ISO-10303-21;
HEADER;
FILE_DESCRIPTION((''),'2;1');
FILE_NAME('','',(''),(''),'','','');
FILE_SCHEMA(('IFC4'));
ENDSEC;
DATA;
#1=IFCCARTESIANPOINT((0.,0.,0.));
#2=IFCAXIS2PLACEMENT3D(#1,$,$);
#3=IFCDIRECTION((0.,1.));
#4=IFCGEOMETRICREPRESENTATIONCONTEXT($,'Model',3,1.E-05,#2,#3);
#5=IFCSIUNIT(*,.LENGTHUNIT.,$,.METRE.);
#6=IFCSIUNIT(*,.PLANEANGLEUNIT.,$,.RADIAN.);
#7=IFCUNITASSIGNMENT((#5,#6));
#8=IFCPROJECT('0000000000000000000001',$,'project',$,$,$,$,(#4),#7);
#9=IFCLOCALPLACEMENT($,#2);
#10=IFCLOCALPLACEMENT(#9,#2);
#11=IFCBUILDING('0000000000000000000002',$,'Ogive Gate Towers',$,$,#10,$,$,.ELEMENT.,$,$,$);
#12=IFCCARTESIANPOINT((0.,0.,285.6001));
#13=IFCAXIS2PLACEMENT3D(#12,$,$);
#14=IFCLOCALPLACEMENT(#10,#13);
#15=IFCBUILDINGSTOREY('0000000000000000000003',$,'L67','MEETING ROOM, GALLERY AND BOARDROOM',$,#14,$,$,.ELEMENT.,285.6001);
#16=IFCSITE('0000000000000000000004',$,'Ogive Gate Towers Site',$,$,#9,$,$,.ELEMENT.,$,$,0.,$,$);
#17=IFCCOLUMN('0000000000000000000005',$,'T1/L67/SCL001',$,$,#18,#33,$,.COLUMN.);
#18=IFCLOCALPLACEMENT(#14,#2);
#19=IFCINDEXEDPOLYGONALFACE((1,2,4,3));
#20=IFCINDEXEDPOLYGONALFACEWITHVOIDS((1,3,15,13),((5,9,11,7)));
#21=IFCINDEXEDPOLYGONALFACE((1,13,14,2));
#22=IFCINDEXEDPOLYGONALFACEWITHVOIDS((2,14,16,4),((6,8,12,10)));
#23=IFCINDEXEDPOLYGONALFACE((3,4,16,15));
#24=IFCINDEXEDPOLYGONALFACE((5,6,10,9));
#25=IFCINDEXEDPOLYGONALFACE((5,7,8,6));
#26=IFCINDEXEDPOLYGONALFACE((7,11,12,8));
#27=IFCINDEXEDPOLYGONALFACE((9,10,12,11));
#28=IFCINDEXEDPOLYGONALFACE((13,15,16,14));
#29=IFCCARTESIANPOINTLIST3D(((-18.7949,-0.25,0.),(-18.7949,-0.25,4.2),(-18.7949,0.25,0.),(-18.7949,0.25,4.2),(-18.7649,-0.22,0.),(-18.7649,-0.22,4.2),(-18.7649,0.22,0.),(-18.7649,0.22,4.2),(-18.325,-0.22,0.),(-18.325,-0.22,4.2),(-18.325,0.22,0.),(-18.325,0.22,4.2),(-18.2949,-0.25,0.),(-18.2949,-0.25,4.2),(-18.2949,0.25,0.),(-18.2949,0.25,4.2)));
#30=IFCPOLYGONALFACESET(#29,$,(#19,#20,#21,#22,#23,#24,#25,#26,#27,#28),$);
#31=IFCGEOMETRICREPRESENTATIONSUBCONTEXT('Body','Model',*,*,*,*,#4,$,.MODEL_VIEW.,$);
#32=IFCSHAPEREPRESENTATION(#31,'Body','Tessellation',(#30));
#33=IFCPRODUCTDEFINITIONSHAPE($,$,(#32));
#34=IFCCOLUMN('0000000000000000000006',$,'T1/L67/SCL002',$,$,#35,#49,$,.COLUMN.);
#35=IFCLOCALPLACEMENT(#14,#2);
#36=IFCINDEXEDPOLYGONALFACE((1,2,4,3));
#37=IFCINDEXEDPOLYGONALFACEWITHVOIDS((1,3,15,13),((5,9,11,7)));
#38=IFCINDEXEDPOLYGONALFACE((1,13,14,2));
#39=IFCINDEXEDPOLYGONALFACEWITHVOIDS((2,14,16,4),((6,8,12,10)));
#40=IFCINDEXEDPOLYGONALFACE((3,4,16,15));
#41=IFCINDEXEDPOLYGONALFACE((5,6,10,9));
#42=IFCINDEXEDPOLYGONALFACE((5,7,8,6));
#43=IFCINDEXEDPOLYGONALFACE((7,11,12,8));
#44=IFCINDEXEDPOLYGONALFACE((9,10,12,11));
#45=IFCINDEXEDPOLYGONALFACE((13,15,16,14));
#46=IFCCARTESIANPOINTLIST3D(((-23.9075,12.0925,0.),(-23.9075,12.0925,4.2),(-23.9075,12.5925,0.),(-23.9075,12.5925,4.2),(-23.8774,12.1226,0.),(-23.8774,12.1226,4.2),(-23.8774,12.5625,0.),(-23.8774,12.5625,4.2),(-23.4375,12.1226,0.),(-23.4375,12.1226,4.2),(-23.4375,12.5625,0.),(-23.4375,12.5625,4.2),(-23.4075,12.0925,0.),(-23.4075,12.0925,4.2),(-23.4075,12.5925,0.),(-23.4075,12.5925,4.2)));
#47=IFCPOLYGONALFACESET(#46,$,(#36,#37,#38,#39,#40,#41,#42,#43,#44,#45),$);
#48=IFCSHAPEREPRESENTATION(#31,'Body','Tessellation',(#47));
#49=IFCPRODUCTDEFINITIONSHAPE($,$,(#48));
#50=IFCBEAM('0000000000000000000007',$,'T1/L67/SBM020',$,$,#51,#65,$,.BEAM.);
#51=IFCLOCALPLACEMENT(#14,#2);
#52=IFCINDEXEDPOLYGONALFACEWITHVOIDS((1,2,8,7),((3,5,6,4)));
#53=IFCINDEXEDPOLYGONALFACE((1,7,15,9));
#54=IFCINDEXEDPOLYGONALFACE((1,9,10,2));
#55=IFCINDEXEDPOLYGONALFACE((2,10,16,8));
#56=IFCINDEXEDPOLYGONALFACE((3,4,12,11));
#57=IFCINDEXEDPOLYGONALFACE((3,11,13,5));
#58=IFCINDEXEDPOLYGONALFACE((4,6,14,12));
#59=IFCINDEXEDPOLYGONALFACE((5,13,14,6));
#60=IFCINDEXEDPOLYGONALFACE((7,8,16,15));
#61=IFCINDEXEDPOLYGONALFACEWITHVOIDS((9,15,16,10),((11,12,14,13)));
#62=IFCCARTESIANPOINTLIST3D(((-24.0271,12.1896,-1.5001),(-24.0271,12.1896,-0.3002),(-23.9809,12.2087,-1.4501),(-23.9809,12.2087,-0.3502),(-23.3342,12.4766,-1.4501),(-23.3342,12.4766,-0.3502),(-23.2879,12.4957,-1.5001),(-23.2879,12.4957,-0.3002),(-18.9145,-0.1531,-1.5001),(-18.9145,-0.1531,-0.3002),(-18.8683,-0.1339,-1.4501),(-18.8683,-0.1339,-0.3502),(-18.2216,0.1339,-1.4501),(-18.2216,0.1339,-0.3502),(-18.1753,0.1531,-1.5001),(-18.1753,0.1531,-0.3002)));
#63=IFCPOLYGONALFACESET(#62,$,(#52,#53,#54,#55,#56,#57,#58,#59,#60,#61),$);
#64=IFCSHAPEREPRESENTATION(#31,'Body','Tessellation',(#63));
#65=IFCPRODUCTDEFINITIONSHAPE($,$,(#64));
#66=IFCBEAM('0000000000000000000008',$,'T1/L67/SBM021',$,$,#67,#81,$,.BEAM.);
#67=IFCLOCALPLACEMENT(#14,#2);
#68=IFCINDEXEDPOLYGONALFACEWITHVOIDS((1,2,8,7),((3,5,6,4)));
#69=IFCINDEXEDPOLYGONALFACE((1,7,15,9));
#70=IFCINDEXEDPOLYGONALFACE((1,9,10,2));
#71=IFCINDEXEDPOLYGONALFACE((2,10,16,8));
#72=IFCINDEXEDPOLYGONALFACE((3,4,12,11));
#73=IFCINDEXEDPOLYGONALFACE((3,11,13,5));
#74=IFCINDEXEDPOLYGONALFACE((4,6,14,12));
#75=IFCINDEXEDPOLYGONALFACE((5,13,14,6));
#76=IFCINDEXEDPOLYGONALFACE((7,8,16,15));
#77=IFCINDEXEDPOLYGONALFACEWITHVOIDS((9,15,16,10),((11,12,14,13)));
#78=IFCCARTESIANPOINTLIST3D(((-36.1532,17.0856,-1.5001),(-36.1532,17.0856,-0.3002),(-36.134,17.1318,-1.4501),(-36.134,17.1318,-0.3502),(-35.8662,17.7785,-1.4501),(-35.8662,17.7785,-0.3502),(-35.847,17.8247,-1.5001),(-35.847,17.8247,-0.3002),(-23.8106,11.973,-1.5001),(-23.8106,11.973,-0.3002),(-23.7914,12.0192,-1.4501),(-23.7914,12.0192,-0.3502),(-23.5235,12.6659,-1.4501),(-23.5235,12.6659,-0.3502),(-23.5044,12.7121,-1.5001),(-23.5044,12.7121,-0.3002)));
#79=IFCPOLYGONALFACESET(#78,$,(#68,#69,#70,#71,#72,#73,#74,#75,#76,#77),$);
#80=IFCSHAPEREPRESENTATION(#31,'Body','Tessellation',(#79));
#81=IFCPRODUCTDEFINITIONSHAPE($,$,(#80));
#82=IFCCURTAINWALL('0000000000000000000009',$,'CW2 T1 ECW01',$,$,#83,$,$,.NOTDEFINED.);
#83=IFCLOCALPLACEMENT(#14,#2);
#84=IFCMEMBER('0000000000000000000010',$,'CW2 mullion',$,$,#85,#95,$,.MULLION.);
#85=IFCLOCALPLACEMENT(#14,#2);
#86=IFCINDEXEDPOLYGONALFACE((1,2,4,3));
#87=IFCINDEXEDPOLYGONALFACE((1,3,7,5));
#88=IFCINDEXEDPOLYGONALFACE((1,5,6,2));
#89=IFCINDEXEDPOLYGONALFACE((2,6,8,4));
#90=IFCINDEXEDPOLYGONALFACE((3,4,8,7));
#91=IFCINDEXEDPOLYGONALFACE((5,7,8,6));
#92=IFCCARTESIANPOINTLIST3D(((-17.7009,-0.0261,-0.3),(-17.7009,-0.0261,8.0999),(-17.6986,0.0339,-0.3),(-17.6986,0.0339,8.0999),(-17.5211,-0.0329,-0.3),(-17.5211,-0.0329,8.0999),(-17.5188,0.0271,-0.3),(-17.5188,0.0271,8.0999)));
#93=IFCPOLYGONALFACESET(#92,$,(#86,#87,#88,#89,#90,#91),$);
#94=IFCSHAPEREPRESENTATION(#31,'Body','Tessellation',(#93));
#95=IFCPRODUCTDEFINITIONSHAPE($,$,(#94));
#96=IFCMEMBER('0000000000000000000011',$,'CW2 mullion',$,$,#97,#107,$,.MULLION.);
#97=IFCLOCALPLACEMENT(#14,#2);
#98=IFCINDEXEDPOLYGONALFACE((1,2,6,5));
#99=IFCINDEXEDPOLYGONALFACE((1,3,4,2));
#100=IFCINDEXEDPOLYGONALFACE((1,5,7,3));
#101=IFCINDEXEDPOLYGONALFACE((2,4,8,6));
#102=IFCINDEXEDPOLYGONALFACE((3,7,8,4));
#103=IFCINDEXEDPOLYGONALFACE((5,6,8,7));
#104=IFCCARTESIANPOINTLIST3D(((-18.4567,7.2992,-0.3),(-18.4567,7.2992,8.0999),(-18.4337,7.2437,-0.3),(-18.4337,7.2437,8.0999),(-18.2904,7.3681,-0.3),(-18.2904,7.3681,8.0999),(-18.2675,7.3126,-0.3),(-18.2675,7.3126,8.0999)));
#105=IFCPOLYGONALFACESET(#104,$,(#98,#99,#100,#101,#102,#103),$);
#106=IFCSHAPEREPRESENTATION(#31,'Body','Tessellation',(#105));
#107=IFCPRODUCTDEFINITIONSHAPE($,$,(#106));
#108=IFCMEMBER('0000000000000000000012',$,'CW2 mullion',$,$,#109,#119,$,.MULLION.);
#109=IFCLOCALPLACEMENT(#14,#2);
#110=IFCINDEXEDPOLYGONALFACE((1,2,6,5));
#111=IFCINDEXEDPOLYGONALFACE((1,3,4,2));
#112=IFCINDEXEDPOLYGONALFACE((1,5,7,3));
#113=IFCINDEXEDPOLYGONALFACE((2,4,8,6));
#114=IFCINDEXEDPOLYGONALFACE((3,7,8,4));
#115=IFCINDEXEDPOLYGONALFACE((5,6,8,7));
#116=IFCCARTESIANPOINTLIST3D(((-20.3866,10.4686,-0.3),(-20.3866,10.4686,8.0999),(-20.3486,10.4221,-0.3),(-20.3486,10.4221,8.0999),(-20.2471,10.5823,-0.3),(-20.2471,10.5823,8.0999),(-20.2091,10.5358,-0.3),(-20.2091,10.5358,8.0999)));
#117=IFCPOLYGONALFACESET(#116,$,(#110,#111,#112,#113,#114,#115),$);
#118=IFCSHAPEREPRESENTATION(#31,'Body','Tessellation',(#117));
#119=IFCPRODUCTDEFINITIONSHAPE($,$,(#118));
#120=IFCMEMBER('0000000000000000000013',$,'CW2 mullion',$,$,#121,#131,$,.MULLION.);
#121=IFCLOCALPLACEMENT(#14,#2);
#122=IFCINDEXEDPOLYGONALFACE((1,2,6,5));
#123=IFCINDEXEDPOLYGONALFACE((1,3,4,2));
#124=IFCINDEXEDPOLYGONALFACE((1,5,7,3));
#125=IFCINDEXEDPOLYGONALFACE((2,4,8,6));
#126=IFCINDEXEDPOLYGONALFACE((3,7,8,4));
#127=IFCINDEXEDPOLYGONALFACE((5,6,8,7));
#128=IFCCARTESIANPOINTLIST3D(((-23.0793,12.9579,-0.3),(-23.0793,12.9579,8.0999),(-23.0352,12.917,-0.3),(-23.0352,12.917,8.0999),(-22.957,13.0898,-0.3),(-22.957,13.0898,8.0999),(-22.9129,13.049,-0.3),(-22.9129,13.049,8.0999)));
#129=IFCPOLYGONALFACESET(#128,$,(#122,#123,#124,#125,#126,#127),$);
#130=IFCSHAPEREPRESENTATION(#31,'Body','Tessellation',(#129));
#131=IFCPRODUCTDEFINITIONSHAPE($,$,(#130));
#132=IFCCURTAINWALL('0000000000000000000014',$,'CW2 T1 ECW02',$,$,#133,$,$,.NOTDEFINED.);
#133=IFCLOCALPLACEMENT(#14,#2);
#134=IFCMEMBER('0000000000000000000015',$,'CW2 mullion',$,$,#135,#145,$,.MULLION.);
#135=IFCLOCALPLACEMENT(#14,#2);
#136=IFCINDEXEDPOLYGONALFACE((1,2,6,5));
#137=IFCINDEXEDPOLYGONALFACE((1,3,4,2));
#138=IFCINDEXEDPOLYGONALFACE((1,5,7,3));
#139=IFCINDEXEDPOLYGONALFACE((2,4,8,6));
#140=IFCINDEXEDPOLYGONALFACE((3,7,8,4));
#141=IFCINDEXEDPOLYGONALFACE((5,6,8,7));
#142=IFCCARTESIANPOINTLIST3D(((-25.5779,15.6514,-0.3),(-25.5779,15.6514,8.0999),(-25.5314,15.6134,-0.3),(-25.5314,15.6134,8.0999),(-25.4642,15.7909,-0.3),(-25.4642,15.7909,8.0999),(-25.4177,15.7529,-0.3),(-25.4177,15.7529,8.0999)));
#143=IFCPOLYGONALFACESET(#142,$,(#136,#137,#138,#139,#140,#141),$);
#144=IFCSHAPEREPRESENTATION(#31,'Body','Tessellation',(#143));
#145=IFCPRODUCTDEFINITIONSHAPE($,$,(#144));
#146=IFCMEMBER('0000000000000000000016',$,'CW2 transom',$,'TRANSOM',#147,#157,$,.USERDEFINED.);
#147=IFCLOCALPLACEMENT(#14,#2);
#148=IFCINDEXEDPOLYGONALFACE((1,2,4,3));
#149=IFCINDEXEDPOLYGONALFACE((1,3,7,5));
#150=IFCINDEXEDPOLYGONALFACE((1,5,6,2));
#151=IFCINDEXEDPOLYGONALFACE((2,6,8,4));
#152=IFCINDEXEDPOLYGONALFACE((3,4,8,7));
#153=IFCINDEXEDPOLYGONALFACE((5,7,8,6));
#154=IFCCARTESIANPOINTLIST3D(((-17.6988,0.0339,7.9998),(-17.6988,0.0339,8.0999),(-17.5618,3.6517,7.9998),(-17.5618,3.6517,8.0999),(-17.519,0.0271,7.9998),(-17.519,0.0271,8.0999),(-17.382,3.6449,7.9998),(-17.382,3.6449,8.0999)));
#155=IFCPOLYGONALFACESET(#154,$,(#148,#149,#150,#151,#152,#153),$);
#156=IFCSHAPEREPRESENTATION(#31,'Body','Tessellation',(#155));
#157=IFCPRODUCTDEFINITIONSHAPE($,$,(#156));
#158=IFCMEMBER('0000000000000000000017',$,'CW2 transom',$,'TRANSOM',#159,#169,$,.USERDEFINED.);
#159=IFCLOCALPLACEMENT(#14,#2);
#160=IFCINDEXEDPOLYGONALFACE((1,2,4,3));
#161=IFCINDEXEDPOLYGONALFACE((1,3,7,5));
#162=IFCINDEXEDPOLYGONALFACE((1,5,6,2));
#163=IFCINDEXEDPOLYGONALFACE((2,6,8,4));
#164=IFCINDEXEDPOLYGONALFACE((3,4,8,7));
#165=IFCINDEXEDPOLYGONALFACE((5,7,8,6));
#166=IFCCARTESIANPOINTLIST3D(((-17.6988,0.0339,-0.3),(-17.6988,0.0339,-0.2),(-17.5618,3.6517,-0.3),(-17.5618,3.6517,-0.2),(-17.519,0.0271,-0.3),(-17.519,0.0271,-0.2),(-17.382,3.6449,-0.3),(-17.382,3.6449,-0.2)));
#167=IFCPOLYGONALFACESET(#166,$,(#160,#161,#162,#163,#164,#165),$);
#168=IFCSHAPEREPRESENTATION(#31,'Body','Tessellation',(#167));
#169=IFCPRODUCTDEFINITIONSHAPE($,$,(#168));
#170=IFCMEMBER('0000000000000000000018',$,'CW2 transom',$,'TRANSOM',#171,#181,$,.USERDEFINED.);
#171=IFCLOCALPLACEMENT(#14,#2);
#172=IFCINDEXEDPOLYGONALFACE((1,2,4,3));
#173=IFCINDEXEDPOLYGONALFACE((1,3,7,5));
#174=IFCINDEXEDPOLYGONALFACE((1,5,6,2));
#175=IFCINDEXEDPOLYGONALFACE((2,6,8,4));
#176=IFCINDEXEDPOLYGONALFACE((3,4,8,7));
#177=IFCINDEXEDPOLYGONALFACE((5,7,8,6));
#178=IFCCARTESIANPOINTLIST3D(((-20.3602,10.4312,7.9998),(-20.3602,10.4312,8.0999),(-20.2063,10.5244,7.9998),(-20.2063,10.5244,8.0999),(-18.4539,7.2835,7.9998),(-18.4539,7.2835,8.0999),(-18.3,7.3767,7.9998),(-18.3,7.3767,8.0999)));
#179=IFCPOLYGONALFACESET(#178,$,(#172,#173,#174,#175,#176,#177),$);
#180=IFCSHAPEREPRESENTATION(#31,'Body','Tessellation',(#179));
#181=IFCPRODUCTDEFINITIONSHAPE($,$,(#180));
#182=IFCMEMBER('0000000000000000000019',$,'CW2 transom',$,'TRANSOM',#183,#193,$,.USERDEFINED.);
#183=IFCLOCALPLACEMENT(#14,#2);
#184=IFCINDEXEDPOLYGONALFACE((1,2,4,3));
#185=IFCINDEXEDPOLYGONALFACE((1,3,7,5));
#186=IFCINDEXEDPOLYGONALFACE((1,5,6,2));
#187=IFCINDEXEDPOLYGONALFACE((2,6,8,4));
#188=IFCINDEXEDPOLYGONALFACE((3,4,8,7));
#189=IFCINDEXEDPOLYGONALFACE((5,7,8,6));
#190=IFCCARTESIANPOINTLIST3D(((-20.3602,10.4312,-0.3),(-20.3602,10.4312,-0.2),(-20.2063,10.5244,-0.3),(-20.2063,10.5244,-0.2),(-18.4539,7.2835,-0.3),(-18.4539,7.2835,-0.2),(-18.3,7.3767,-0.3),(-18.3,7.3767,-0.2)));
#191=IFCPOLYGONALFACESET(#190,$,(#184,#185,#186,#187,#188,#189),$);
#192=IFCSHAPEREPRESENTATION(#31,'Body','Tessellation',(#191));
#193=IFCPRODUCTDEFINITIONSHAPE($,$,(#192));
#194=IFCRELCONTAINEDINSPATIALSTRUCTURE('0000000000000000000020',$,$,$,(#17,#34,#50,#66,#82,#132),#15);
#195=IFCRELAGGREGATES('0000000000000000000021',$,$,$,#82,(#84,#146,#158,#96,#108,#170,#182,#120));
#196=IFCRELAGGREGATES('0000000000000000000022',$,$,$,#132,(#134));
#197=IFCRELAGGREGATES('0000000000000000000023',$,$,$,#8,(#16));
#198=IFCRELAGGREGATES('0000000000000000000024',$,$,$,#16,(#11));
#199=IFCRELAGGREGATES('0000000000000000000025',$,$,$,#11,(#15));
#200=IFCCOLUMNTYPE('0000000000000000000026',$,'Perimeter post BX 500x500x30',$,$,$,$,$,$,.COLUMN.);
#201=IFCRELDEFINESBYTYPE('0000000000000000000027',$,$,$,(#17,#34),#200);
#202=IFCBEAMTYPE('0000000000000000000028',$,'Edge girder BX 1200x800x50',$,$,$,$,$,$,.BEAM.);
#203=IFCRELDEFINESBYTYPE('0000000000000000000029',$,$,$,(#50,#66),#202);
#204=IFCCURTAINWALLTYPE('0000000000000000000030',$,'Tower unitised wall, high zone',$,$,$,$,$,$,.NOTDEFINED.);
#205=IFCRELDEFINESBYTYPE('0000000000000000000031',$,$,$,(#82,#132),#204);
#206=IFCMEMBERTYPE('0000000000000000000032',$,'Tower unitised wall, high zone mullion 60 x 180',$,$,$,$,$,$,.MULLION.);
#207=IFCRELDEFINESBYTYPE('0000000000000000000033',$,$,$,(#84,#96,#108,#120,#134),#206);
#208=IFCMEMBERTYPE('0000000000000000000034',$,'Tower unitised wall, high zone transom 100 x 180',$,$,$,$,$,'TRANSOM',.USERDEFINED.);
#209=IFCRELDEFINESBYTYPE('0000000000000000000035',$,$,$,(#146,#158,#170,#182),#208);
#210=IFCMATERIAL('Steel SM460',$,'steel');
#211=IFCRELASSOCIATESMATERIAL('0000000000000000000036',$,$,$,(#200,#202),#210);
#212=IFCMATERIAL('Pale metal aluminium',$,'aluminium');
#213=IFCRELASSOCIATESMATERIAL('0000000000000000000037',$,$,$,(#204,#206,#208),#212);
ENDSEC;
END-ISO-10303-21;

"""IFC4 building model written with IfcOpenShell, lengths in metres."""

from ifc_helpers import new_model, si_unit, direction, frame, origin, origin_2d, place, context, subcontext, project, spatial, rectangle, hollow_rectangle, extrude, material, material_profile, profile_set, type_object, element, aggregate, save


model = new_model("IFC4")

# Units and contexts
model_context = context("Model", 3, precision=1e-05, world=origin(), true_north=direction((0.0, 1.0)))
body_context = subcontext(model_context, "Body", "Model", "MODEL_VIEW")
ifc_project = project(units=[si_unit("LENGTHUNIT", "METRE"), si_unit("PLANEANGLEUNIT", "RADIAN")], contexts=[model_context])

# Site, building, storey
site_placement = place(None, origin())
site = spatial("IfcSite", under=ifc_project, at=site_placement, Name="Ogive Gate Towers Site", CompositionType="ELEMENT", RefElevation=0.0)
building_placement = place(site_placement, origin())
building = spatial("IfcBuilding", under=site, at=building_placement, Name="Ogive Gate Towers", CompositionType="ELEMENT")
storey_placement = place(building_placement, frame((0.0, 0.0, 285.6001)))
storey = spatial("IfcBuildingStorey", under=building, at=storey_placement, Name="L67", Description="MEETING ROOM, GALLERY AND BOARDROOM", CompositionType="ELEMENT", Elevation=285.6001)

# Columns
ifc_material_1 = material(Name="Steel SM460", Category="steel")
ifc_material_profile_1 = material_profile(ifc_material_1, hollow_rectangle(XDim=0.5, YDim=0.5, WallThickness=0.03, at=origin_2d()), Name="BX 500x500x30")
ifc_profile_set_1 = profile_set([ifc_material_profile_1], Name="Steel SM460")
column_type = type_object("IfcColumnType", Name="Perimeter post BX 500x500x30", PredefinedType="COLUMN", material=ifc_profile_set_1)
for number, where, z_axis, x_axis, name in (
    (1, (-18.5449, 0.0, 0.0), (0.0, 0.0, 1.0), (1.0, 0.0, 0.0), "T1/L67/SCL001"),
    (2, (-23.6575, 12.3425, 0.0), (0.0, 0.0, 1.0), (1.0, 0.0, 0.0), "T1/L67/SCL002"),
):
    element("IfcColumn", number, at=place(storey_placement, frame(where, z_axis=z_axis, x_axis=x_axis)), inside=storey, type_object=column_type, Name=name, PredefinedType="COLUMN", context=body_context, shape_type="SweptSolid", body=[
        extrude(hollow_rectangle(XDim=0.5, YDim=0.5, WallThickness=0.03, at=origin_2d()), origin(), (0.0, 0.0, 1.0), 4.2),
    ])

# Beams
ifc_material_profile_2 = material_profile(ifc_material_1, hollow_rectangle(XDim=0.8, YDim=1.2, WallThickness=0.05, at=origin_2d()), Name="BX 1200x800x50")
ifc_profile_set_2 = profile_set([ifc_material_profile_2], Name="Steel SM460")
beam_type = type_object("IfcBeamType", Name="Edge girder BX 1200x800x50", PredefinedType="BEAM", material=ifc_profile_set_2)
for number, where, z_axis, x_axis, name in (
    (3, (-18.5449, 0.0, -0.9001), (-0.38269, 0.923877, 0.0), (-0.923877, -0.38269, 0.0), "T1/L67/SBM020"),
    (4, (-23.6575, 12.3425, -0.9001), (-0.923877, 0.38269, 0.0), (-0.38269, -0.923877, 0.0), "T1/L67/SBM021"),
):
    element("IfcBeam", number, at=place(storey_placement, frame(where, z_axis=z_axis, x_axis=x_axis)), inside=storey, type_object=beam_type, Name=name, PredefinedType="BEAM", context=body_context, shape_type="SweptSolid", body=[
        extrude(hollow_rectangle(XDim=0.8, YDim=1.2, WallThickness=0.05, at=origin_2d()), origin(), (0.0, 0.0, 1.0), 13.3596),
    ])

# Curtain wall, members
ifc_material_2 = material(Name="Pale metal aluminium", Category="aluminium")
curtain_wall_type = type_object("IfcCurtainWallType", Name="Tower unitised wall, high zone", PredefinedType="NOTDEFINED", material=ifc_material_2)
curtain_wall_1_placement = place(storey_placement, origin())
curtain_wall_1 = element("IfcCurtainWall", 5, at=curtain_wall_1_placement, inside=storey, type_object=curtain_wall_type, Name="CW2 T1 ECW01", PredefinedType="NOTDEFINED")
ifc_material_profile_3 = material_profile(ifc_material_2, rectangle(XDim=0.1799, YDim=0.0601, at=origin_2d()), Name="60 x 180 aluminium box")
ifc_profile_set_3 = profile_set([ifc_material_profile_3], Name="Pale metal aluminium")
member_type_1 = type_object("IfcMemberType", Name="Tower unitised wall, high zone mullion 60 x 180", PredefinedType="MULLION", material=ifc_profile_set_3)
member_1_placement = place(storey_placement, frame((-17.6099, 0.0005, -0.3), z_axis=(0.0, 0.0, 1.0), x_axis=(0.999286, -0.037795, 0.0)))
member_1 = element("IfcMember", 6, at=member_1_placement, type_object=member_type_1, Name="CW2 mullion", PredefinedType="MULLION", context=body_context, shape_type="SweptSolid", body=[
    extrude(rectangle(XDim=0.1799, YDim=0.0601, at=origin_2d()), origin(), (0.0, 0.0, 1.0), 8.3999),
])
member_2_placement = place(storey_placement, frame((-18.3621, 7.3059, -0.3), z_axis=(0.0, 0.0, 1.0), x_axis=(0.92388, 0.382683, 0.0)))
member_2 = element("IfcMember", 7, at=member_2_placement, type_object=member_type_1, Name="CW2 mullion", PredefinedType="MULLION", context=body_context, shape_type="SweptSolid", body=[
    extrude(rectangle(XDim=0.1799, YDim=0.0601, at=origin_2d()), origin(), (0.0, 0.0, 1.0), 8.3999),
])
member_3_placement = place(storey_placement, frame((-20.2979, 10.5022, -0.3), z_axis=(0.0, 0.0, 1.0), x_axis=(0.775121, 0.631813, 0.0)))
member_3 = element("IfcMember", 8, at=member_3_placement, type_object=member_type_1, Name="CW2 mullion", PredefinedType="MULLION", context=body_context, shape_type="SweptSolid", body=[
    extrude(rectangle(XDim=0.1799, YDim=0.0601, at=origin_2d()), origin(), (0.0, 0.0, 1.0), 8.3999),
])
member_4_placement = place(storey_placement, frame((-22.9961, 13.0034, -0.3), z_axis=(0.0, 0.0, 1.0), x_axis=(0.679864, 0.733338, 0.0)))
member_4 = element("IfcMember", 9, at=member_4_placement, type_object=member_type_1, Name="CW2 mullion", PredefinedType="MULLION", context=body_context, shape_type="SweptSolid", body=[
    extrude(rectangle(XDim=0.1799, YDim=0.0601, at=origin_2d()), origin(), (0.0, 0.0, 1.0), 8.3999),
])

# Curtain wall, member
curtain_wall_2_placement = place(storey_placement, origin())
curtain_wall_2 = element("IfcCurtainWall", 10, at=curtain_wall_2_placement, inside=storey, type_object=curtain_wall_type, Name="CW2 T1 ECW02", PredefinedType="NOTDEFINED")
member_5_placement = place(storey_placement, frame((-25.4978, 15.7021, -0.3), z_axis=(0.0, 0.0, 1.0), x_axis=(0.631813, 0.775121, 0.0)))
member_5 = element("IfcMember", 11, at=member_5_placement, type_object=member_type_1, Name="CW2 mullion", PredefinedType="MULLION", context=body_context, shape_type="SweptSolid", body=[
    extrude(rectangle(XDim=0.1799, YDim=0.0601, at=origin_2d()), origin(), (0.0, 0.0, 1.0), 8.3999),
])

# Members
ifc_material_profile_4 = material_profile(ifc_material_2, rectangle(XDim=0.1799, YDim=0.1001, at=origin_2d()), Name="100 x 180 aluminium box")
ifc_profile_set_4 = profile_set([ifc_material_profile_4], Name="Pale metal aluminium")
member_type_2 = type_object("IfcMemberType", Name="Tower unitised wall, high zone transom 100 x 180", ElementType="TRANSOM", PredefinedType="USERDEFINED", material=ifc_profile_set_4)
member_6_placement = place(storey_placement, frame((-17.6089, 0.0305, 8.0498), z_axis=(0.037832, 0.999284, 0.0), x_axis=(-0.999284, 0.037832, 0.0)))
member_6 = element("IfcMember", 12, at=member_6_placement, type_object=member_type_2, Name="CW2 transom", ObjectType="TRANSOM", PredefinedType="USERDEFINED", context=body_context, shape_type="SweptSolid", body=[
    extrude(rectangle(XDim=0.1799, YDim=0.1001, at=origin_2d()), origin(), (0.0, 0.0, 1.0), 3.6204),
])
member_7_placement = place(storey_placement, frame((-17.6089, 0.0305, -0.25), z_axis=(0.037832, 0.999284, 0.0), x_axis=(-0.999284, 0.037832, 0.0)))
member_7 = element("IfcMember", 13, at=member_7_placement, type_object=member_type_2, Name="CW2 transom", ObjectType="TRANSOM", PredefinedType="USERDEFINED", context=body_context, shape_type="SweptSolid", body=[
    extrude(rectangle(XDim=0.1799, YDim=0.1001, at=origin_2d()), origin(), (0.0, 0.0, 1.0), 3.6204),
])
member_8_placement = place(storey_placement, frame((-18.377, 7.3301, 8.0498), z_axis=(-0.518013, 0.855372, 0.0), x_axis=(-0.855372, -0.518013, 0.0)))
member_8 = element("IfcMember", 14, at=member_8_placement, type_object=member_type_2, Name="CW2 transom", ObjectType="TRANSOM", PredefinedType="USERDEFINED", context=body_context, shape_type="SweptSolid", body=[
    extrude(rectangle(XDim=0.1799, YDim=0.1001, at=origin_2d()), origin(), (0.0, 0.0, 1.0), 3.6799),
])
member_9_placement = place(storey_placement, frame((-18.377, 7.3301, -0.25), z_axis=(-0.518013, 0.855372, 0.0), x_axis=(-0.855372, -0.518013, 0.0)))
member_9 = element("IfcMember", 15, at=member_9_placement, type_object=member_type_2, Name="CW2 transom", ObjectType="TRANSOM", PredefinedType="USERDEFINED", context=body_context, shape_type="SweptSolid", body=[
    extrude(rectangle(XDim=0.1799, YDim=0.1001, at=origin_2d()), origin(), (0.0, 0.0, 1.0), 3.6799),
])

aggregate(curtain_wall_1, [member_1, member_6, member_7, member_2, member_3, member_8, member_9, member_4])
aggregate(curtain_wall_2, [member_5])

save(model, "model.ifc")
